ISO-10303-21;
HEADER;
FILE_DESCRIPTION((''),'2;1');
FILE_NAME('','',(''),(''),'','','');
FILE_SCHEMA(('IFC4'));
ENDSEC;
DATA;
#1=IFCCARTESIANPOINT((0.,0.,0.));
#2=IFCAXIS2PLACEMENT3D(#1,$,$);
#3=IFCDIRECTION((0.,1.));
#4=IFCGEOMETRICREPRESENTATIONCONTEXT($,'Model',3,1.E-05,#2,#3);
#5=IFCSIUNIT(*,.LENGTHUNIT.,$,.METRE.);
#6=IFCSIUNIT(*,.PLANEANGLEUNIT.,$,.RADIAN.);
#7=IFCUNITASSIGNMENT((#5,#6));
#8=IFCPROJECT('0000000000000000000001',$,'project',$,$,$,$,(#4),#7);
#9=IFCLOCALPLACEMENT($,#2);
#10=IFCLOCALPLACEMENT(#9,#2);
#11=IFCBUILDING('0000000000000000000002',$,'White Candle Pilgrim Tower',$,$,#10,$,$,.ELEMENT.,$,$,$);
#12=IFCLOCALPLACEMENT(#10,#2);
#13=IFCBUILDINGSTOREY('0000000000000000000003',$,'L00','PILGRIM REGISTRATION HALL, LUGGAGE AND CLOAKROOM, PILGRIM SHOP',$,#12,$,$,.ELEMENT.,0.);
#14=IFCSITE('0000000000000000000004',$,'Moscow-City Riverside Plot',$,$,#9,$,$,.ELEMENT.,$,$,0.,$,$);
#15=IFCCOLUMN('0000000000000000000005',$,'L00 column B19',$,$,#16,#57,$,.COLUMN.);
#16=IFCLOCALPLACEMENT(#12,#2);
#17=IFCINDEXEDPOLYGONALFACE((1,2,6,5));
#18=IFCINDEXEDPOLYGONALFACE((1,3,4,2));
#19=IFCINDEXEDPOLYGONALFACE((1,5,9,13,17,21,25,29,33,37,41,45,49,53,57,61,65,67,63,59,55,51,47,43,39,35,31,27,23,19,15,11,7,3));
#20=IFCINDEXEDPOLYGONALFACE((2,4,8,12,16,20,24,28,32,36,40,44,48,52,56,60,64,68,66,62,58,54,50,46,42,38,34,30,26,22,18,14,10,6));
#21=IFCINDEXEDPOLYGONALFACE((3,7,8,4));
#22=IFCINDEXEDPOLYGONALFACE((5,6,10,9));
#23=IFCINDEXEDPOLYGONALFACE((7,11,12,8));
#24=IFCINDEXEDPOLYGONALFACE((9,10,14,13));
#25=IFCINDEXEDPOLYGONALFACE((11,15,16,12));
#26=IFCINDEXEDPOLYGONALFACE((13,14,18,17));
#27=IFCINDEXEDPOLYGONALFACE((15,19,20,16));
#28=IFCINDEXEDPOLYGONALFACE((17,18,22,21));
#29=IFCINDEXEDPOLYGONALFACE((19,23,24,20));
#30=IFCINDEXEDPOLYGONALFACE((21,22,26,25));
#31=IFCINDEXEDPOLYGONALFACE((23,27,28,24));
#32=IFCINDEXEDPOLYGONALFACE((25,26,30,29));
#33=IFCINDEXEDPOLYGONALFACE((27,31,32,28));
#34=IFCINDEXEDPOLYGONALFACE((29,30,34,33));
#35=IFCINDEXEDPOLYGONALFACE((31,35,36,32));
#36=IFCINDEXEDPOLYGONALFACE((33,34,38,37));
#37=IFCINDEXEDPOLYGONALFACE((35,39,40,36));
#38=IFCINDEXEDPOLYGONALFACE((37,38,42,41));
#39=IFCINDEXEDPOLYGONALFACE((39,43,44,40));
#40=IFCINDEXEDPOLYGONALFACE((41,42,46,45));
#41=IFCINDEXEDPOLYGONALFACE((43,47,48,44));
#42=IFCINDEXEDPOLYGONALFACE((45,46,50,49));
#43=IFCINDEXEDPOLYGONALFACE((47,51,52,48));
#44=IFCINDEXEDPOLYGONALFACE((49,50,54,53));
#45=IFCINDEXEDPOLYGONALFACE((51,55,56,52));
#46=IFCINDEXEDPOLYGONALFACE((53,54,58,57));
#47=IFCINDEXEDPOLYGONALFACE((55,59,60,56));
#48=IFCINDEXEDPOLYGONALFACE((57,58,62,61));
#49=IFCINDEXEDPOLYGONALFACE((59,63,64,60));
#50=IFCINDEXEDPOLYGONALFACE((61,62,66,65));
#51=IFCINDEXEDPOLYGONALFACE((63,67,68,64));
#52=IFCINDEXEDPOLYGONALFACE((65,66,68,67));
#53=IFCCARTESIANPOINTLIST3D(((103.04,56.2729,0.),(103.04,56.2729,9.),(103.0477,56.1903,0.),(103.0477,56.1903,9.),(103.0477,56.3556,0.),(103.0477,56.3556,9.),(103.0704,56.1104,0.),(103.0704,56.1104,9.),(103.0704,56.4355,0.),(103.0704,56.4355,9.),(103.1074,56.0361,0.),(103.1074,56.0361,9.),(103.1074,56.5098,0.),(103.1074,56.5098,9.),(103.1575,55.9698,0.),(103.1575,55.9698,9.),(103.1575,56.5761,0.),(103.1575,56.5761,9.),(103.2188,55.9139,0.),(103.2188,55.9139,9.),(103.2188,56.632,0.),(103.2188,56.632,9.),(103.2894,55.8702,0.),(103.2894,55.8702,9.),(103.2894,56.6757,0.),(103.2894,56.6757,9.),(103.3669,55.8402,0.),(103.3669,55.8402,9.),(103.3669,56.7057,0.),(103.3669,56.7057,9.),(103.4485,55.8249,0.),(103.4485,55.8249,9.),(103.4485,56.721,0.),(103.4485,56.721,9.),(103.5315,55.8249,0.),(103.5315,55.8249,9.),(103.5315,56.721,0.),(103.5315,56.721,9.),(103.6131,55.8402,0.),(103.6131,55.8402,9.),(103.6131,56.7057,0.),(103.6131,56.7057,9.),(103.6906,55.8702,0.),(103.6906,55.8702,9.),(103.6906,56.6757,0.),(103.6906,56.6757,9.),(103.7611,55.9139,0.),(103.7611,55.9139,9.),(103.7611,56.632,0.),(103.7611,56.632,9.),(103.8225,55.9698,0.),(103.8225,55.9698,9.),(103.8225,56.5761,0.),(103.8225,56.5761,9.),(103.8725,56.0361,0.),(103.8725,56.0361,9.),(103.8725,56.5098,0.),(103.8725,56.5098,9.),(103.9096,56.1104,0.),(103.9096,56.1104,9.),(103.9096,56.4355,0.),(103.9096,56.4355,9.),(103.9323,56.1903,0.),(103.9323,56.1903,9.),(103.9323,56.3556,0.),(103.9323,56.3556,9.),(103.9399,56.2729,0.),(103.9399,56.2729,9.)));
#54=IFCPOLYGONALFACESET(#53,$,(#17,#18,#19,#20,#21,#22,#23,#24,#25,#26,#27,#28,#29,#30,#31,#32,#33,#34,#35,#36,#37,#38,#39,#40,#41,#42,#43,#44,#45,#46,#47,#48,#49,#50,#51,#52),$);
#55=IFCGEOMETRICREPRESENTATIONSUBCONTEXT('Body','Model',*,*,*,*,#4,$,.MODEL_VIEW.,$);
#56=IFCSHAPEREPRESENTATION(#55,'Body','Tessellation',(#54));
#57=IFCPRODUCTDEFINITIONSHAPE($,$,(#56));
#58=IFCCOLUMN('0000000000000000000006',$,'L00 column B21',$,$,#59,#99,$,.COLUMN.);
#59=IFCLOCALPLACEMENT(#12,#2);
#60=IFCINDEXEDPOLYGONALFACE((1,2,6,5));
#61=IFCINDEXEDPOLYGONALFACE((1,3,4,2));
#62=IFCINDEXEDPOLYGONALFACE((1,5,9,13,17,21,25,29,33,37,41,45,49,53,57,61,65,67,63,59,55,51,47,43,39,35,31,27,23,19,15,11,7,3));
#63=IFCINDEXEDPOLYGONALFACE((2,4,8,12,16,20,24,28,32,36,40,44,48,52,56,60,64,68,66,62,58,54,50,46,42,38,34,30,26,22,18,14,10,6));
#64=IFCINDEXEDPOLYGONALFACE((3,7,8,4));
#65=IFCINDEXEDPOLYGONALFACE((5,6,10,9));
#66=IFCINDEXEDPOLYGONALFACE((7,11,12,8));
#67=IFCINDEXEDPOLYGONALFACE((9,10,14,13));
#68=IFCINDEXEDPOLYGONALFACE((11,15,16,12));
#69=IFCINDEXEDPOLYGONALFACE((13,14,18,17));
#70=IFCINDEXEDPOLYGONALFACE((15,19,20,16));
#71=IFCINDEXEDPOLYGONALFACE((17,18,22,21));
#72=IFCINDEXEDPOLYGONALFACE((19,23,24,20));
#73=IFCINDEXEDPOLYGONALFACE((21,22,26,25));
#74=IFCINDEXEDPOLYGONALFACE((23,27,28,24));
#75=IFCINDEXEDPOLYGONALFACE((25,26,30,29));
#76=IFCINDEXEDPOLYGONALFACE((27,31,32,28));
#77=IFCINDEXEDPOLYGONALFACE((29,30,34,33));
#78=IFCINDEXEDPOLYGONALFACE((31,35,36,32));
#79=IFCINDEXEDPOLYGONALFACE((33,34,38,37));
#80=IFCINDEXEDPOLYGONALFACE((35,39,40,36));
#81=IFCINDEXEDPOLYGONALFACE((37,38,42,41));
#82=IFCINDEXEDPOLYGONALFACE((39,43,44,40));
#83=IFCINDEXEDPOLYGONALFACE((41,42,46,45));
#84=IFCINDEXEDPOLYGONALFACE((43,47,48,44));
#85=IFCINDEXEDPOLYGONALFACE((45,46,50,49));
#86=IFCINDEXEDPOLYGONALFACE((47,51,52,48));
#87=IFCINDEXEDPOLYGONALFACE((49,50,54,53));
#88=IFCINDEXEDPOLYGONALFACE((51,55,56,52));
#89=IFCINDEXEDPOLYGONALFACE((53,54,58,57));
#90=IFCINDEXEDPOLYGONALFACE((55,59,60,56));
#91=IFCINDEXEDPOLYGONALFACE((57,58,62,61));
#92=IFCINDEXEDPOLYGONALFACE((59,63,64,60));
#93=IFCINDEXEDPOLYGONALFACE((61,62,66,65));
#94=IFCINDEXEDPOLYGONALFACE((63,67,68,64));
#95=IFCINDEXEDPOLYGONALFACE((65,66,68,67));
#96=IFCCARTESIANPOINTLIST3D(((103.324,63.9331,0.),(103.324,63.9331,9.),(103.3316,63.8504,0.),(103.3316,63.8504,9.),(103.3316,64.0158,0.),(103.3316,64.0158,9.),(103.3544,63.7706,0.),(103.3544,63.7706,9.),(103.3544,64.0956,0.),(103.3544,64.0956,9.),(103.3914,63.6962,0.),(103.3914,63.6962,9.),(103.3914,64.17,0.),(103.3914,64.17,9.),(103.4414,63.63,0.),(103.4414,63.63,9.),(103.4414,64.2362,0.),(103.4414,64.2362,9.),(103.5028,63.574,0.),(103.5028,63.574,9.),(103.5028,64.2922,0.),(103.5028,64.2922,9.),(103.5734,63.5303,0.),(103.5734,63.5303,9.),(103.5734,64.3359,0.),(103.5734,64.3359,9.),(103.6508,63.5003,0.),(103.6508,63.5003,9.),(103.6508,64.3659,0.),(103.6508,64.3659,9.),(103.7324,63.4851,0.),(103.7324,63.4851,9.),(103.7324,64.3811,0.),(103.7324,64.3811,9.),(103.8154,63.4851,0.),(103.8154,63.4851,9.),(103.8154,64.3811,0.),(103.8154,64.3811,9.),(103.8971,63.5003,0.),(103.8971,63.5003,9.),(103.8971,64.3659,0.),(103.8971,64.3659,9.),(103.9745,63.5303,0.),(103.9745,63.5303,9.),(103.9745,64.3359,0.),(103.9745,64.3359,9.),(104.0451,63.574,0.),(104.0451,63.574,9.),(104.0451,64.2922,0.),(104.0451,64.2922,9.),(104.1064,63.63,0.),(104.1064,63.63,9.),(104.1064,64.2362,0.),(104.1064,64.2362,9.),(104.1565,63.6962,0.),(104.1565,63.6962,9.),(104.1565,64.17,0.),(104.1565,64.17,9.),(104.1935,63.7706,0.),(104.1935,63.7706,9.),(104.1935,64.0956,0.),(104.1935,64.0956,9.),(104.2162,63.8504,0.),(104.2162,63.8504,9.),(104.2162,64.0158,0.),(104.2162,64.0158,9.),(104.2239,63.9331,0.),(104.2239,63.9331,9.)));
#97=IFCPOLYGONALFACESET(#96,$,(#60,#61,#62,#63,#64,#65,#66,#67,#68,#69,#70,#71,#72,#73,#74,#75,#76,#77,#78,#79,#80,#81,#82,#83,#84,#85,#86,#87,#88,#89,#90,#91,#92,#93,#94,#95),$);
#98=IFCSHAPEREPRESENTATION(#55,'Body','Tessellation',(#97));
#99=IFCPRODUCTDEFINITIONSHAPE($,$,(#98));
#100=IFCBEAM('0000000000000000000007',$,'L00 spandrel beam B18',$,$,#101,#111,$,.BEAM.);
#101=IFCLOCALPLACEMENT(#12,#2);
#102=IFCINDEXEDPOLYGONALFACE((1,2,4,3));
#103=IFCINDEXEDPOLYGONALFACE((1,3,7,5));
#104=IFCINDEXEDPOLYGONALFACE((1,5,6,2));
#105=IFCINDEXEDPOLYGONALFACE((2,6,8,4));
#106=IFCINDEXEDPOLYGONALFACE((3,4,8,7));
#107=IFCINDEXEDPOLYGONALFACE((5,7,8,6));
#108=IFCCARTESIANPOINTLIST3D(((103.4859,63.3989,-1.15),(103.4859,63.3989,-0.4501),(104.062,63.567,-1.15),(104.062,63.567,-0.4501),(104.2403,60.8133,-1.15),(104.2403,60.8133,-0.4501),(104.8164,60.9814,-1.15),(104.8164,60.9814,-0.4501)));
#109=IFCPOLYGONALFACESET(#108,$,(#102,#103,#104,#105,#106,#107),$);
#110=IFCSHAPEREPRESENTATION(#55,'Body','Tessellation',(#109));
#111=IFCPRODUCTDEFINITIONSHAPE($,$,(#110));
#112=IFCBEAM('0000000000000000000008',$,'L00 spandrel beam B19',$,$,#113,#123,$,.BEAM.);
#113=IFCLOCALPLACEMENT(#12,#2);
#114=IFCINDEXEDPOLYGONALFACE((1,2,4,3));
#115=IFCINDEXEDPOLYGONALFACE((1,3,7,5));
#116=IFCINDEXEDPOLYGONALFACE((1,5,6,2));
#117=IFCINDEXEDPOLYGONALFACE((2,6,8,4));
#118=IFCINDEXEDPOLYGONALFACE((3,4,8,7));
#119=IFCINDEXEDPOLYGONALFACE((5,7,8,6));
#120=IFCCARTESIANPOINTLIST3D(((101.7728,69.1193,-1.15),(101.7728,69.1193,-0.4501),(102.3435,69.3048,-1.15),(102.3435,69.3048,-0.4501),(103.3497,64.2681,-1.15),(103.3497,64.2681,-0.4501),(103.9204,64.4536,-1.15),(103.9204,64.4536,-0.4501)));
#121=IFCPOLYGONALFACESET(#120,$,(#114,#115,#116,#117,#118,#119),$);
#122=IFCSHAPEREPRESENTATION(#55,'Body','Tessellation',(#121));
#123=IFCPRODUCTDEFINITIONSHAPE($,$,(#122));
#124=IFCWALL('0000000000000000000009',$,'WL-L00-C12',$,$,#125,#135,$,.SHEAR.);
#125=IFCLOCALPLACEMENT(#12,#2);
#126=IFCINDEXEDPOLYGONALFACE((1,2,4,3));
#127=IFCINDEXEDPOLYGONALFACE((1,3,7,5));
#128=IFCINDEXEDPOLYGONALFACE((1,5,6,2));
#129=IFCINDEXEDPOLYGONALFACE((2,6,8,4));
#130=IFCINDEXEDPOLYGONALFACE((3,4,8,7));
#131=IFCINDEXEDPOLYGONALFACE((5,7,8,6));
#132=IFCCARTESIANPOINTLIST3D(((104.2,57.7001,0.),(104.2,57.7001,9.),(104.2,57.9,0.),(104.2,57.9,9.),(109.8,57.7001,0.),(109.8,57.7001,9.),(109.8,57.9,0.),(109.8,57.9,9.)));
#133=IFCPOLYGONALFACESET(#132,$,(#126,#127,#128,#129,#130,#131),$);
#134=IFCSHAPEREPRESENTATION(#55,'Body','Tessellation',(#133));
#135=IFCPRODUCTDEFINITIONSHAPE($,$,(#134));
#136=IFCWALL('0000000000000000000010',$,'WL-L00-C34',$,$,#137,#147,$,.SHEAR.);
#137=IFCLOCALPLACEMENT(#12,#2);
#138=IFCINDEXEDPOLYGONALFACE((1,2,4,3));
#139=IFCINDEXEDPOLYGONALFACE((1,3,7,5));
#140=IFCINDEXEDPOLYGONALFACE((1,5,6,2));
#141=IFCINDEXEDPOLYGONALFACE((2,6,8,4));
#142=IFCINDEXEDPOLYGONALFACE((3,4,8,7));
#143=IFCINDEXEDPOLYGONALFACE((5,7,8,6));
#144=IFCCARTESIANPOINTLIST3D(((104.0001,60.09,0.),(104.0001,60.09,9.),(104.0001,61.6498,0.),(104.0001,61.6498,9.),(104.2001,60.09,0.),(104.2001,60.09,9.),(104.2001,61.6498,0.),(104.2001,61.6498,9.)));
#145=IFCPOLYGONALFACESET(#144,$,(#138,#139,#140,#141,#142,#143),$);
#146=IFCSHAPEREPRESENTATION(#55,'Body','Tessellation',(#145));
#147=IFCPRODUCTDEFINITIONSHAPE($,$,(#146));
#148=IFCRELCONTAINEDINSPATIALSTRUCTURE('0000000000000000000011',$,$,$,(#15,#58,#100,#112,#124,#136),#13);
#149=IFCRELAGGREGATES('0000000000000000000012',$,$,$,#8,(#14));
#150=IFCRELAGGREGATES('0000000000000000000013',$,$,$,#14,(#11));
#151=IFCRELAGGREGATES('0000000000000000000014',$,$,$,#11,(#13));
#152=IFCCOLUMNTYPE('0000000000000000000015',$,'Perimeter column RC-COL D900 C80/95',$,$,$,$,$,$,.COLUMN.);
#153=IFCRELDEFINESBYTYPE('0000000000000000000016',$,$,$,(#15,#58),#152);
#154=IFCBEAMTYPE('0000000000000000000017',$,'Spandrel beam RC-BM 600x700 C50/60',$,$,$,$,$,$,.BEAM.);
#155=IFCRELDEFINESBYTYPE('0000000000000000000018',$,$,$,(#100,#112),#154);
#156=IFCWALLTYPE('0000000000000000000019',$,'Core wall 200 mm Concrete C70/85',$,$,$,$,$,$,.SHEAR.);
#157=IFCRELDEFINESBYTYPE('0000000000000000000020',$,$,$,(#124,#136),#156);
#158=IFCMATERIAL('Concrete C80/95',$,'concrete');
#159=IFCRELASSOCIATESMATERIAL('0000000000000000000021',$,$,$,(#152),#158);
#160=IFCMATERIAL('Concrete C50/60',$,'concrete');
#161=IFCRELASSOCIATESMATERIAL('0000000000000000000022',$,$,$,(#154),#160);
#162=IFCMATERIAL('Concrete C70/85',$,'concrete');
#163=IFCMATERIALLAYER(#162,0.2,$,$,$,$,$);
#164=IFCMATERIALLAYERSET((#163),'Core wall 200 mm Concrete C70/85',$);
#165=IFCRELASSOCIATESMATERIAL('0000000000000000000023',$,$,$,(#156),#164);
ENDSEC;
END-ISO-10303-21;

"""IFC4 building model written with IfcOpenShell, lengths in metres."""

from ifc_helpers import new_model, si_unit, direction, frame, frame_2d, origin, origin_2d, place, context, subcontext, project, spatial, rectangle, circle, extrude, material, layer, layer_set, material_profile, profile_set, type_object, element, save


model = new_model("IFC4")

# Units and contexts
model_context = context("Model", 3, precision=1e-05, world=origin(), true_north=direction((0.0, 1.0)))
body_context = subcontext(model_context, "Body", "Model", "MODEL_VIEW")
ifc_project = project(units=[si_unit("LENGTHUNIT", "METRE"), si_unit("PLANEANGLEUNIT", "RADIAN")], contexts=[model_context])

# Site, building, storey
site_placement = place(None, origin())
site = spatial("IfcSite", under=ifc_project, at=site_placement, Name="Moscow-City Riverside Plot", CompositionType="ELEMENT", RefElevation=0.0)
building_placement = place(site_placement, origin())
building = spatial("IfcBuilding", under=site, at=building_placement, Name="White Candle Pilgrim Tower", CompositionType="ELEMENT")
storey_placement = place(building_placement, origin())
storey = spatial("IfcBuildingStorey", under=building, at=storey_placement, Name="L00", Description="PILGRIM REGISTRATION HALL, LUGGAGE AND CLOAKROOM, PILGRIM SHOP", CompositionType="ELEMENT", Elevation=0.0)

# Columns
ifc_material_1 = material(Name="Concrete C80/95", Category="concrete")
ifc_material_profile_1 = material_profile(ifc_material_1, circle(Radius=0.45, at=origin_2d()), Name="RC-COL D900")
ifc_profile_set_1 = profile_set([ifc_material_profile_1], Name="Concrete C80/95")
column_type = type_object("IfcColumnType", Name="Perimeter column RC-COL D900 C80/95", PredefinedType="COLUMN", material=ifc_profile_set_1)
for number, where, z_axis, x_axis, name in (
    (1, (103.49, 56.2729, 0.0), (0.0, 0.0, 1.0), (1.0, 0.0, 0.0), "L00 column B19"),
    (2, (103.7739, 63.9331, 0.0), (0.0, 0.0, 1.0), (1.0, 0.0, 0.0), "L00 column B21"),
):
    element("IfcColumn", number, at=place(storey_placement, frame(where, z_axis=z_axis, x_axis=x_axis)), inside=storey, type_object=column_type, Name=name, PredefinedType="COLUMN", context=body_context, shape_type="SweptSolid", body=[
        extrude(circle(Radius=0.45, at=origin_2d()), origin(), (0.0, 0.0, 1.0), 9.0),
    ])

# Beams
ifc_material_2 = material(Name="Concrete C50/60", Category="concrete")
ifc_material_profile_2 = material_profile(ifc_material_2, rectangle(XDim=0.6001, YDim=0.7, at=origin_2d()), Name="RC-BM 600x700")
ifc_profile_set_2 = profile_set([ifc_material_profile_2], Name="Concrete C50/60")
beam_type = type_object("IfcBeamType", Name="Spandrel beam RC-BM 600x700 C50/60", PredefinedType="BEAM", material=ifc_profile_set_2)
beam_1_placement = place(storey_placement, frame((103.7739, 63.4829, -0.8), z_axis=(0.280104, -0.95997, 0.0), x_axis=(0.95997, 0.280104, 0.0)))
element("IfcBeam", 3, at=beam_1_placement, inside=storey, type_object=beam_type, Name="L00 spandrel beam B18", PredefinedType="BEAM", context=body_context, shape_type="SweptSolid", body=[
    extrude(rectangle(XDim=0.6001, YDim=0.7, at=origin_2d()), origin(), (0.0, 0.0, 1.0), 2.6934),
])
beam_2_placement = place(storey_placement, frame((103.635, 64.3608, -0.8), z_axis=(-0.309126, 0.951021, 0.0), x_axis=(-0.951021, -0.309126, 0.0)))
element("IfcBeam", 4, at=beam_2_placement, inside=storey, type_object=beam_type, Name="L00 spandrel beam B19", PredefinedType="BEAM", context=body_context, shape_type="SweptSolid", body=[
    extrude(rectangle(XDim=0.6001, YDim=0.7, at=origin_2d()), origin(), (0.0, 0.0, 1.0), 5.1011),
])

# Walls
ifc_material_3 = material(Name="Concrete C70/85", Category="concrete")
ifc_layer_1 = layer(ifc_material_3, 0.2)
ifc_layer_set_1 = layer_set([ifc_layer_1], Name="Core wall 200 mm Concrete C70/85")
wall_type_1 = type_object("IfcWallType", Name="Core wall 200 mm Concrete C70/85", PredefinedType="SHEAR", material=ifc_layer_set_1)
wall_1_placement = place(storey_placement, frame((104.2, 57.8, 0.0), z_axis=(0.0, 0.0, 1.0), x_axis=(1.0, 0.0, 0.0)))
element("IfcWall", 5, at=wall_1_placement, inside=storey, type_object=wall_type_1, Name="WL-L00-C12", PredefinedType="SHEAR", context=body_context, shape_type="SweptSolid", body=[
    extrude(rectangle(XDim=5.6001, YDim=0.2, at=frame_2d((2.8, 0.0))), origin(), (0.0, 0.0, 1.0), 9.0),
])
wall_2_placement = place(storey_placement, frame((104.1001, 60.0901, 0.0), z_axis=(0.0, 0.0, 1.0), x_axis=(0.0, 1.0, 0.0)))
element("IfcWall", 6, at=wall_2_placement, inside=storey, type_object=wall_type_1, Name="WL-L00-C34", PredefinedType="SHEAR", context=body_context, shape_type="SweptSolid", body=[
    extrude(rectangle(XDim=1.5598, YDim=0.2, at=frame_2d((0.7798, 0.0))), origin(), (0.0, 0.0, 1.0), 9.0),
])

save(model, "model.ifc")
